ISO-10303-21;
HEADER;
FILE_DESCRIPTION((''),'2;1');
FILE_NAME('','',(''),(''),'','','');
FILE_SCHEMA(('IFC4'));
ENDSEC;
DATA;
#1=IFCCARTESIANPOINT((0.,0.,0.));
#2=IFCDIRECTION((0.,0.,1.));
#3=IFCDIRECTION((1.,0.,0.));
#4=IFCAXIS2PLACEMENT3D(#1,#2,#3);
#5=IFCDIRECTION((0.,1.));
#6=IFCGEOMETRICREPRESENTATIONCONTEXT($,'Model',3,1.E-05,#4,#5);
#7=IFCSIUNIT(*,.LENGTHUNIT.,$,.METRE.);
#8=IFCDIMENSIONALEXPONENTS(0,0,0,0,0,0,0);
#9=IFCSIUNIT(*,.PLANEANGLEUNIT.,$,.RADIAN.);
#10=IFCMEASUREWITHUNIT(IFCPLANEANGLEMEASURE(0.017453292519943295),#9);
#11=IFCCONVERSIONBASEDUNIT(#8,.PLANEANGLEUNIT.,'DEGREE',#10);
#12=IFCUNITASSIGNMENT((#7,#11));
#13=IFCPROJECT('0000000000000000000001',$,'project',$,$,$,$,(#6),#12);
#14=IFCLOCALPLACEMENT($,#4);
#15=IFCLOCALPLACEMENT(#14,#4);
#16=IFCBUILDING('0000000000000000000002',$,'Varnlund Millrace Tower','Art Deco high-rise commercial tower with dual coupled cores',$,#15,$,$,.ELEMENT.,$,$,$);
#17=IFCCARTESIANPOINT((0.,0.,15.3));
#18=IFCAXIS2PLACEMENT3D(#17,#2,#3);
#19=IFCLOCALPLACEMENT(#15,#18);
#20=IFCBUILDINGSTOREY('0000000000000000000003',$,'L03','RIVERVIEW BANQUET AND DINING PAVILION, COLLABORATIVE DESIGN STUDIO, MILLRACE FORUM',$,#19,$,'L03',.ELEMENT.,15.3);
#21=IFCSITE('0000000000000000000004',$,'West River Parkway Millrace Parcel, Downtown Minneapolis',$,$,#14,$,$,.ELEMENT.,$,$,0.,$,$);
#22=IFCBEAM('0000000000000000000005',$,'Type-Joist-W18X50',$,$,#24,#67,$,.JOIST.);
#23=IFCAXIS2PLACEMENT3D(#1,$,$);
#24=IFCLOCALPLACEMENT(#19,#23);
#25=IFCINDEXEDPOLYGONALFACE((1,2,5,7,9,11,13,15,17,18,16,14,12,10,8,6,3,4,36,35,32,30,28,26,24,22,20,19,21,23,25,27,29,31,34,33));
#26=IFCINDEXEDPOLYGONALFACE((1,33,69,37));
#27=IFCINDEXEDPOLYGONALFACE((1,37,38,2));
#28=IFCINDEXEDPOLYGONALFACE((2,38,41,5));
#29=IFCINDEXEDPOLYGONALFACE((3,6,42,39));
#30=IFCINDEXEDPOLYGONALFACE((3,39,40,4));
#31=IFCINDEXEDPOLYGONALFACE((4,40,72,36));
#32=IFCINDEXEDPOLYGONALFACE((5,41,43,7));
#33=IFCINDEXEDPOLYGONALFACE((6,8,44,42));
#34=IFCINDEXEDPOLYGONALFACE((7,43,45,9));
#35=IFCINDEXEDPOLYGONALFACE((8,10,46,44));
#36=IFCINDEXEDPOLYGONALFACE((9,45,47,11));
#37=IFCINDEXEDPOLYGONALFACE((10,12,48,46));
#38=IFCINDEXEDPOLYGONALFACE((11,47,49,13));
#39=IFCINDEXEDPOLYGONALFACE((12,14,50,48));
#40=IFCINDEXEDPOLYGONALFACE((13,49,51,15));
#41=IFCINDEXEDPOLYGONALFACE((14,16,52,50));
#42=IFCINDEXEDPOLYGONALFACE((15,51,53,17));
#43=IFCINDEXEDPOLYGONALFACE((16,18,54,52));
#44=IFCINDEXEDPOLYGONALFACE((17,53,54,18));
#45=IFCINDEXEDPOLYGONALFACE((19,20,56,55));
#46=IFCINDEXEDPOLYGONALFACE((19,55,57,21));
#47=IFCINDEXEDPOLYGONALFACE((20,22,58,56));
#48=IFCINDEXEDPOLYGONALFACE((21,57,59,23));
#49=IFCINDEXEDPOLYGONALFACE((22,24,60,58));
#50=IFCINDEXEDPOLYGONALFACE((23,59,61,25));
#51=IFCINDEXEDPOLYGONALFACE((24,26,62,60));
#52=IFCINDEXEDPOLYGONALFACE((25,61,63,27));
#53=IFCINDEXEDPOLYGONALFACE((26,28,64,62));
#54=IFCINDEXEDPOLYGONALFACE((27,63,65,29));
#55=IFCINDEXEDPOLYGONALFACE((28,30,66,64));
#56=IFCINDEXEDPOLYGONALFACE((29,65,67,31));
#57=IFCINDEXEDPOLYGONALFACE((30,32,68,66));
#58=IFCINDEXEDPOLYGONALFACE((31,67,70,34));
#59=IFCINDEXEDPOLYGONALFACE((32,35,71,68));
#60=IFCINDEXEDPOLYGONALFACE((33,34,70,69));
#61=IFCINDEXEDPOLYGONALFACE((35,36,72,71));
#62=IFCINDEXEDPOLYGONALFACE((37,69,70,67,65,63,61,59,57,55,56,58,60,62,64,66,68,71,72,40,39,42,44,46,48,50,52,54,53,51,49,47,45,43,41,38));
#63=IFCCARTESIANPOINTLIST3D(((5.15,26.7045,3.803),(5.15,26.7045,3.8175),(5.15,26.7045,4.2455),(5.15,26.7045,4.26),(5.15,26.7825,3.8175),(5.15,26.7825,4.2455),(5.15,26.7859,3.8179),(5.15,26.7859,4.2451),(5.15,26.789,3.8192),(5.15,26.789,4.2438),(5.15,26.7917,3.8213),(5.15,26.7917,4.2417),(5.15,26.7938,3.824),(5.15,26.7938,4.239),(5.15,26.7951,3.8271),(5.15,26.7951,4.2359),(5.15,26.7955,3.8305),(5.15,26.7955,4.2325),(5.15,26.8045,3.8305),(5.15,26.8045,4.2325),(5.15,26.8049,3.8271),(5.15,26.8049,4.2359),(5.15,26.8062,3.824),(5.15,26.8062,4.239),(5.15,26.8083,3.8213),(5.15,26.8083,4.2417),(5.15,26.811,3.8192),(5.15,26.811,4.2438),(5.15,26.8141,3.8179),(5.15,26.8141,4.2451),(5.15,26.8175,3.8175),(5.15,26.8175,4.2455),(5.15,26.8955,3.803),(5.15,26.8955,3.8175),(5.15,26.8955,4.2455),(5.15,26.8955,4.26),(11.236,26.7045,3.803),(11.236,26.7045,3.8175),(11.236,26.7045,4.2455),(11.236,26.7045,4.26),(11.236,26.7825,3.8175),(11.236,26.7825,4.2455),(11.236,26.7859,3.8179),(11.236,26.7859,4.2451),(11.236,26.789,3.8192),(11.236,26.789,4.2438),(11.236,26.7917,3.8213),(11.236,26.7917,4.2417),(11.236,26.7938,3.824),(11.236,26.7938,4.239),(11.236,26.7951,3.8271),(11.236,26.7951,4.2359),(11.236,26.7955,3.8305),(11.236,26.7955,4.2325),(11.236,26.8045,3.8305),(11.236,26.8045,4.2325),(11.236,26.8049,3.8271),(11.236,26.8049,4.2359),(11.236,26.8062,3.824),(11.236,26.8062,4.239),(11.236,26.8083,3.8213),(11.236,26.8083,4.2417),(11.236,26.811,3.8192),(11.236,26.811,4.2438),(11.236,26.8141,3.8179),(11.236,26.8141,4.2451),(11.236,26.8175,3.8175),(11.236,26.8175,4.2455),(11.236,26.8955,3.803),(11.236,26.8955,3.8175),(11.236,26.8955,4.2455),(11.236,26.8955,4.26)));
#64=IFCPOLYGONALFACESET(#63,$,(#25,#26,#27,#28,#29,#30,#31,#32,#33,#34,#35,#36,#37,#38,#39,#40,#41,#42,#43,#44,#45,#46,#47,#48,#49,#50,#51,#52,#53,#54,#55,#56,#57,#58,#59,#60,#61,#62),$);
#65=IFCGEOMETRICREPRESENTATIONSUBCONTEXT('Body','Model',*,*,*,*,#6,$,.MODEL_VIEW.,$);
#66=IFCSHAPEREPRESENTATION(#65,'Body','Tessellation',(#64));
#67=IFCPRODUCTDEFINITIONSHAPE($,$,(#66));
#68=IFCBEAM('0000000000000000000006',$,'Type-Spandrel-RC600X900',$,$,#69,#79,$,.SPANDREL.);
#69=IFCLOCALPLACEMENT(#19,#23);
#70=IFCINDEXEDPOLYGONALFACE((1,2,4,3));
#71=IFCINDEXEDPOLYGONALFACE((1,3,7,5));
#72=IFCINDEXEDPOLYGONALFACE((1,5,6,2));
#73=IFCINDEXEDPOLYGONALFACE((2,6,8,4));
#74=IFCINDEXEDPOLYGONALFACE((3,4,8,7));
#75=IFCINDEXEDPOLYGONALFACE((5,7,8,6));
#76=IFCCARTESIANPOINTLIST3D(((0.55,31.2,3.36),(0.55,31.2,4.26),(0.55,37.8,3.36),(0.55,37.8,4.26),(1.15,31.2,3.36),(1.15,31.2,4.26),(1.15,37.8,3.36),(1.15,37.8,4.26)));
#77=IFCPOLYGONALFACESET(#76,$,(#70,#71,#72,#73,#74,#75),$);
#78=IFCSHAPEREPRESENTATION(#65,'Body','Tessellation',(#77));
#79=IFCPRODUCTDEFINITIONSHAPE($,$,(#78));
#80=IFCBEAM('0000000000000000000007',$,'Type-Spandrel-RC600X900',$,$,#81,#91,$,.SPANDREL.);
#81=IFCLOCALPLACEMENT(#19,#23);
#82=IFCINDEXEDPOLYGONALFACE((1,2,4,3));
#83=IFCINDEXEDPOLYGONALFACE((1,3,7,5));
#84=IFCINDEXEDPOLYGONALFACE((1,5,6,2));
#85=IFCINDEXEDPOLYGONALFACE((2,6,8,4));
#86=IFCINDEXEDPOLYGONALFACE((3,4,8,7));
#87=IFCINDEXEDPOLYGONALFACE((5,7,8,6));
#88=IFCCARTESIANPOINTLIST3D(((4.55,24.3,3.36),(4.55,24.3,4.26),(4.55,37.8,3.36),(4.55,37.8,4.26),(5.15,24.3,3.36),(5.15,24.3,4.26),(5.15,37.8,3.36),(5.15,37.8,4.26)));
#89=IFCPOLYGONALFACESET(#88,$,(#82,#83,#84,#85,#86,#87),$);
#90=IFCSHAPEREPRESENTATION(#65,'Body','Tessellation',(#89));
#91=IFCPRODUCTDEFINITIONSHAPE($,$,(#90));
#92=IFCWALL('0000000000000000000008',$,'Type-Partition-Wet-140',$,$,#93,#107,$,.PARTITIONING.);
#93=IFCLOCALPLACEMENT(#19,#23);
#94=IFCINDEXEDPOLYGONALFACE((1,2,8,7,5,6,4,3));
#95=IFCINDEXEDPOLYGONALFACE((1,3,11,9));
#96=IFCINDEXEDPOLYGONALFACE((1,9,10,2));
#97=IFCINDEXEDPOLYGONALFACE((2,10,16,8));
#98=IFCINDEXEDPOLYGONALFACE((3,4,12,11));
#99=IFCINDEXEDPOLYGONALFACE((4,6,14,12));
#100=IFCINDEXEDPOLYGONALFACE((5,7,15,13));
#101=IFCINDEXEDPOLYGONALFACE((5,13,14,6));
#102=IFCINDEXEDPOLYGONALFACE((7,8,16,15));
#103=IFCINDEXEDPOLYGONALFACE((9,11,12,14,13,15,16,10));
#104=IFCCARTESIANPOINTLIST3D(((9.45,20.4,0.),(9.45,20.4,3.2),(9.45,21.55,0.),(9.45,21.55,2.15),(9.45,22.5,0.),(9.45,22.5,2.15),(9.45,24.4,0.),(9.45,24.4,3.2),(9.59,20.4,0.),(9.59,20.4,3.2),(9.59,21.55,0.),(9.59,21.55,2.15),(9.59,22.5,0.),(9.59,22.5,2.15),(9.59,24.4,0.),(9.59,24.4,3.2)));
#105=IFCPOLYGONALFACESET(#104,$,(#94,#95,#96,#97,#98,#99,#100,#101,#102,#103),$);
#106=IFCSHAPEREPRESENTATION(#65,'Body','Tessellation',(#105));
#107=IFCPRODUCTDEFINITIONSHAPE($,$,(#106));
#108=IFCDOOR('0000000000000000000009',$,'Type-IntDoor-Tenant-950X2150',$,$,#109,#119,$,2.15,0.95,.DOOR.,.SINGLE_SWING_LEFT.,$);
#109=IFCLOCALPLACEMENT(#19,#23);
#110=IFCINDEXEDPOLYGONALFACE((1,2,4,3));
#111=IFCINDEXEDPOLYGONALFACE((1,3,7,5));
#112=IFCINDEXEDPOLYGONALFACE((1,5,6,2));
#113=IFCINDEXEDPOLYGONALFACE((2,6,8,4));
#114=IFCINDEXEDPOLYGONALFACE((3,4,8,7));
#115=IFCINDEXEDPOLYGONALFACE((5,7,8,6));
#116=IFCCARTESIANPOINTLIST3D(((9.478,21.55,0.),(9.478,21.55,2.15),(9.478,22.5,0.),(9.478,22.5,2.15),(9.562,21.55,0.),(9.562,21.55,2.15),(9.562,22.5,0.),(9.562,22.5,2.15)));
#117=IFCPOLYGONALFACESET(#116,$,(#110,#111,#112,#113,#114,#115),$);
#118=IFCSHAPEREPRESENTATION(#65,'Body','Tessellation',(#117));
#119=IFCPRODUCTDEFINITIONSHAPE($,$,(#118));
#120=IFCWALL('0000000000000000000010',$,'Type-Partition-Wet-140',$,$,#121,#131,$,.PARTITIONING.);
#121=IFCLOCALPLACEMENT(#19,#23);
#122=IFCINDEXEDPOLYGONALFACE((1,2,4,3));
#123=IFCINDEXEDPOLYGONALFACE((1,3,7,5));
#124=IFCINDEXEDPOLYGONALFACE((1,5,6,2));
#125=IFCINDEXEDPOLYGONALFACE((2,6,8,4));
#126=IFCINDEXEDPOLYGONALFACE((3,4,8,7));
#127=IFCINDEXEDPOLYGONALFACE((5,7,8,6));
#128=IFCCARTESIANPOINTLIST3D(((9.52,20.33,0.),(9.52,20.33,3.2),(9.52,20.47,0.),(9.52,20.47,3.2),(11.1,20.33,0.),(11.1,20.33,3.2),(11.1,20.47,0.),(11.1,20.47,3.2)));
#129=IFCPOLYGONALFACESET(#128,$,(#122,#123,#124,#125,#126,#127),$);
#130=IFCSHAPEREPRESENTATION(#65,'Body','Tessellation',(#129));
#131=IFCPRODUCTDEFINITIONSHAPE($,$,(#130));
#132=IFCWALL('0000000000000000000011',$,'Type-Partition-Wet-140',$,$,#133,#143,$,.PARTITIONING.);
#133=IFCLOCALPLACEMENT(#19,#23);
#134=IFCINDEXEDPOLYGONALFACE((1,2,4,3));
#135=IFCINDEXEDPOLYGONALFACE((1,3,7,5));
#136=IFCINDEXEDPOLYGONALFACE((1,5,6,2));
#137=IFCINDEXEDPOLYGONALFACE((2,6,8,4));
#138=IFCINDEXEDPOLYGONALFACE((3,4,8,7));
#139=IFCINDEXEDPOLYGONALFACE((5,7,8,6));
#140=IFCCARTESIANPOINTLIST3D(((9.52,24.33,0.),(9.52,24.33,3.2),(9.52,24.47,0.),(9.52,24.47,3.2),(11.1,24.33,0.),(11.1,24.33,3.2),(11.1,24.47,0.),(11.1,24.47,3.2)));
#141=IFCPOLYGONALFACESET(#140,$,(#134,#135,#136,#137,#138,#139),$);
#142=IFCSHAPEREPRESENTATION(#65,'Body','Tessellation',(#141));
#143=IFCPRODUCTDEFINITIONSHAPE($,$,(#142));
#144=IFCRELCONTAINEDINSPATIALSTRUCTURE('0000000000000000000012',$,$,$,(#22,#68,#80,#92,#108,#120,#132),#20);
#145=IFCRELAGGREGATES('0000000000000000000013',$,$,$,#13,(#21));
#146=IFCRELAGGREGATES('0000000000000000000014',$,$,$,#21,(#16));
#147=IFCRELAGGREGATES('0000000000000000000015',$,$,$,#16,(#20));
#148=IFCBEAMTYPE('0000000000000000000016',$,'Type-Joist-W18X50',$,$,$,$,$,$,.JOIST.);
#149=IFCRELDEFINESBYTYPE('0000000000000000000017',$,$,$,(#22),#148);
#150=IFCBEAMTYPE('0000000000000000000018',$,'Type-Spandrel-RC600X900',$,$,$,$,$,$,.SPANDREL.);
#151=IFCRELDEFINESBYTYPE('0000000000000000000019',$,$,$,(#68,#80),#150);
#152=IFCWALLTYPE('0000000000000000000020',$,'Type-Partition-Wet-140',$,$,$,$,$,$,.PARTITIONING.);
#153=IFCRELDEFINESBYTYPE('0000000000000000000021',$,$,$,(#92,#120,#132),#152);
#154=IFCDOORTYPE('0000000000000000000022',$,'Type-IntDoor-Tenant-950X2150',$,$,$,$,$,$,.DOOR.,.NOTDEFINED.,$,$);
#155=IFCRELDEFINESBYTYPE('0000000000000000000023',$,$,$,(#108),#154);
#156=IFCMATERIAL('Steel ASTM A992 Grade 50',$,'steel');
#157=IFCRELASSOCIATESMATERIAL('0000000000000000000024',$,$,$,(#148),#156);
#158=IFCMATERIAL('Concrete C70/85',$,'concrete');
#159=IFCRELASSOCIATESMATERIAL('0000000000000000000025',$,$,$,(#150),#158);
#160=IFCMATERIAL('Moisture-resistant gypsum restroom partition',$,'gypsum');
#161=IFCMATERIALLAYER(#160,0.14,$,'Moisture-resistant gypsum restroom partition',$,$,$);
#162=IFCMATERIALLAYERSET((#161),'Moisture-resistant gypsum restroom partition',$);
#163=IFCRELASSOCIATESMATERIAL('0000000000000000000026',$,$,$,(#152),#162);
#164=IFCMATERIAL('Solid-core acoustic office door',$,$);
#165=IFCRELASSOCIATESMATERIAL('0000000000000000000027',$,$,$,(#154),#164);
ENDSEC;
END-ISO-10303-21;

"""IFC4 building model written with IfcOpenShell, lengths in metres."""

from ifc_helpers import new_model, entity, si_unit, converted_unit, direction, frame, origin_with_axes, origin_2d_with_axis, place, context, subcontext, project, spatial, polyline, rectangle, i_section, outline, extrude, material, layer, layer_set, material_profile, profile_set, type_object, element, fill, save


model = new_model("IFC4")

# Units and contexts
model_context = context("Model", 3, precision=1e-05, world=origin_with_axes(), true_north=direction((0.0, 1.0)))
body_context = subcontext(model_context, "Body", "Model", "MODEL_VIEW")
ifc_project = project(units=[si_unit("LENGTHUNIT", "METRE"), converted_unit("PLANEANGLEUNIT", "DEGREE", entity("IfcPlaneAngleMeasure", 0.017453292519943295), si_unit("PLANEANGLEUNIT", "RADIAN"), dimensions=[0, 0, 0, 0, 0, 0, 0])], contexts=[model_context])

# Site, building, storey
site_placement = place(None, origin_with_axes())
site = spatial("IfcSite", under=ifc_project, at=site_placement, Name="West River Parkway Millrace Parcel, Downtown Minneapolis", CompositionType="ELEMENT", RefElevation=0.0)
building_placement = place(site_placement, origin_with_axes())
building = spatial("IfcBuilding", under=site, at=building_placement, Name="Varnlund Millrace Tower", Description="Art Deco high-rise commercial tower with dual coupled cores", CompositionType="ELEMENT")
storey_placement = place(building_placement, frame((0.0, 0.0, 15.3), z_axis=(0.0, 0.0, 1.0), x_axis=(1.0, 0.0, 0.0)))
storey = spatial("IfcBuildingStorey", under=building, at=storey_placement, Name="L03", Description="RIVERVIEW BANQUET AND DINING PAVILION, COLLABORATIVE DESIGN STUDIO, MILLRACE FORUM", LongName="L03", CompositionType="ELEMENT", Elevation=15.3)

# Beams
ifc_material_1 = material(Name="Steel ASTM A992 Grade 50", Category="steel")
ifc_material_profile_1 = material_profile(ifc_material_1, i_section(OverallWidth=0.191, OverallDepth=0.457, WebThickness=0.009, FlangeThickness=0.0145, FilletRadius=0.013, at=origin_2d_with_axis()), Name="Steel ASTM A992 Grade 50")
ifc_profile_set_1 = profile_set([ifc_material_profile_1], Name="Steel ASTM A992 Grade 50")
beam_type_1 = type_object("IfcBeamType", Name="Type-Joist-W18X50", PredefinedType="JOIST", material=ifc_profile_set_1)
for number, where, z_axis, x_axis, name in (
    (1, (5.15, 26.8, 4.0315), (1.0, 0.0, 0.0), (0.0, 1.0, 0.0), "Type-Joist-W18X50"),
):
    element("IfcBeam", number, at=place(storey_placement, frame(where, z_axis=z_axis, x_axis=x_axis)), inside=storey, type_object=beam_type_1, Name=name, PredefinedType="JOIST", context=body_context, shape_type="SweptSolid", body=[
        extrude(i_section(OverallWidth=0.191, OverallDepth=0.457, WebThickness=0.009, FlangeThickness=0.0145, FilletRadius=0.013, at=origin_2d_with_axis()), origin_with_axes(), (0.0, 0.0, 1.0), 6.086),
    ])
ifc_material_2 = material(Name="Concrete C70/85", Category="concrete")
ifc_material_profile_2 = material_profile(ifc_material_2, rectangle(XDim=0.6, YDim=0.9, at=origin_2d_with_axis()), Name="Concrete C70/85")
ifc_profile_set_2 = profile_set([ifc_material_profile_2], Name="Concrete C70/85")
beam_type_2 = type_object("IfcBeamType", Name="Type-Spandrel-RC600X900", PredefinedType="SPANDREL", material=ifc_profile_set_2)
beam_1_placement = place(storey_placement, frame((0.85, 31.2, 3.81), z_axis=(0.0, 1.0, 0.0), x_axis=(-1.0, 0.0, 0.0)))
element("IfcBeam", 2, at=beam_1_placement, inside=storey, type_object=beam_type_2, Name="Type-Spandrel-RC600X900", PredefinedType="SPANDREL", context=body_context, shape_type="SweptSolid", body=[
    extrude(rectangle(XDim=0.6, YDim=0.9, at=origin_2d_with_axis()), origin_with_axes(), (0.0, 0.0, 1.0), 6.6),
])
beam_2_placement = place(storey_placement, frame((4.85, 24.3, 3.81), z_axis=(0.0, 1.0, 0.0), x_axis=(-1.0, 0.0, 0.0)))
element("IfcBeam", 3, at=beam_2_placement, inside=storey, type_object=beam_type_2, Name="Type-Spandrel-RC600X900", PredefinedType="SPANDREL", context=body_context, shape_type="SweptSolid", body=[
    extrude(rectangle(XDim=0.6, YDim=0.9, at=origin_2d_with_axis()), origin_with_axes(), (0.0, 0.0, 1.0), 13.5),
])

# Wall, opening, door
ifc_material_3 = material(Name="Moisture-resistant gypsum restroom partition", Category="gypsum")
ifc_layer = layer(ifc_material_3, 0.14, Name="Moisture-resistant gypsum restroom partition")
ifc_layer_set = layer_set([ifc_layer], Name="Moisture-resistant gypsum restroom partition")
wall_type = type_object("IfcWallType", Name="Type-Partition-Wet-140", PredefinedType="PARTITIONING", material=ifc_layer_set)
wall_placement = place(storey_placement, frame((9.52, 20.4, 0.0), z_axis=(0.0, 0.0, 1.0), x_axis=(0.0, 1.0, 0.0)))
wall = element("IfcWall", 4, at=wall_placement, inside=storey, type_object=wall_type, Name="Type-Partition-Wet-140", PredefinedType="PARTITIONING", context=body_context, shape_type="SweptSolid", body=[
    extrude(outline(polyline([(0.0, -0.07), (4.0, -0.07), (4.0, 0.07), (0.0, 0.07), (0.0, -0.07)])), origin_with_axes(), (0.0, 0.0, 1.0), 3.2),
])
opening_placement = place(wall_placement, frame((1.625, 0.0, 0.0), z_axis=(0.0, 0.0, 1.0), x_axis=(1.0, 0.0, 0.0)))
opening = element("IfcOpeningElement", 5, at=opening_placement, cuts=wall, PredefinedType="OPENING", context=body_context, shape_type="SweptSolid", body=[
    extrude(rectangle(XDim=0.95, YDim=0.16, at=origin_2d_with_axis()), origin_with_axes(), (0.0, 0.0, 1.0), 2.15),
])
ifc_material_4 = material(Name="Solid-core acoustic office door")
door_type = type_object("IfcDoorType", Name="Type-IntDoor-Tenant-950X2150", OperationType="NOTDEFINED", PredefinedType="DOOR", material=ifc_material_4)
door_placement = place(wall_placement, frame((1.625, 0.0, 0.0), z_axis=(0.0, 0.0, 1.0), x_axis=(1.0, 0.0, 0.0)))
door = element("IfcDoor", 6, at=door_placement, inside=storey, type_object=door_type, Name="Type-IntDoor-Tenant-950X2150", OperationType="SINGLE_SWING_LEFT", OverallHeight=2.15, OverallWidth=0.95, PredefinedType="DOOR", context=body_context, shape_type="SweptSolid", body=[
    extrude(rectangle(XDim=0.95, YDim=0.084, at=origin_2d_with_axis()), origin_with_axes(), (0.0, 0.0, 1.0), 2.15),
])
fill(opening, door)

# Walls
for number, where, z_axis, x_axis, name in (
    (7, (9.52, 20.4, 0.0), (0.0, 0.0, 1.0), (1.0, 0.0, 0.0), "Type-Partition-Wet-140"),
    (8, (9.52, 24.4, 0.0), (0.0, 0.0, 1.0), (1.0, 0.0, 0.0), "Type-Partition-Wet-140"),
):
    element("IfcWall", number, at=place(storey_placement, frame(where, z_axis=z_axis, x_axis=x_axis)), inside=storey, type_object=wall_type, Name=name, PredefinedType="PARTITIONING", context=body_context, shape_type="SweptSolid", body=[
        extrude(outline(polyline([(0.0, -0.07), (1.58, -0.07), (1.58, 0.07), (0.0, 0.07), (0.0, -0.07)])), origin_with_axes(), (0.0, 0.0, 1.0), 3.2),
    ])

save(model, "model.ifc")
